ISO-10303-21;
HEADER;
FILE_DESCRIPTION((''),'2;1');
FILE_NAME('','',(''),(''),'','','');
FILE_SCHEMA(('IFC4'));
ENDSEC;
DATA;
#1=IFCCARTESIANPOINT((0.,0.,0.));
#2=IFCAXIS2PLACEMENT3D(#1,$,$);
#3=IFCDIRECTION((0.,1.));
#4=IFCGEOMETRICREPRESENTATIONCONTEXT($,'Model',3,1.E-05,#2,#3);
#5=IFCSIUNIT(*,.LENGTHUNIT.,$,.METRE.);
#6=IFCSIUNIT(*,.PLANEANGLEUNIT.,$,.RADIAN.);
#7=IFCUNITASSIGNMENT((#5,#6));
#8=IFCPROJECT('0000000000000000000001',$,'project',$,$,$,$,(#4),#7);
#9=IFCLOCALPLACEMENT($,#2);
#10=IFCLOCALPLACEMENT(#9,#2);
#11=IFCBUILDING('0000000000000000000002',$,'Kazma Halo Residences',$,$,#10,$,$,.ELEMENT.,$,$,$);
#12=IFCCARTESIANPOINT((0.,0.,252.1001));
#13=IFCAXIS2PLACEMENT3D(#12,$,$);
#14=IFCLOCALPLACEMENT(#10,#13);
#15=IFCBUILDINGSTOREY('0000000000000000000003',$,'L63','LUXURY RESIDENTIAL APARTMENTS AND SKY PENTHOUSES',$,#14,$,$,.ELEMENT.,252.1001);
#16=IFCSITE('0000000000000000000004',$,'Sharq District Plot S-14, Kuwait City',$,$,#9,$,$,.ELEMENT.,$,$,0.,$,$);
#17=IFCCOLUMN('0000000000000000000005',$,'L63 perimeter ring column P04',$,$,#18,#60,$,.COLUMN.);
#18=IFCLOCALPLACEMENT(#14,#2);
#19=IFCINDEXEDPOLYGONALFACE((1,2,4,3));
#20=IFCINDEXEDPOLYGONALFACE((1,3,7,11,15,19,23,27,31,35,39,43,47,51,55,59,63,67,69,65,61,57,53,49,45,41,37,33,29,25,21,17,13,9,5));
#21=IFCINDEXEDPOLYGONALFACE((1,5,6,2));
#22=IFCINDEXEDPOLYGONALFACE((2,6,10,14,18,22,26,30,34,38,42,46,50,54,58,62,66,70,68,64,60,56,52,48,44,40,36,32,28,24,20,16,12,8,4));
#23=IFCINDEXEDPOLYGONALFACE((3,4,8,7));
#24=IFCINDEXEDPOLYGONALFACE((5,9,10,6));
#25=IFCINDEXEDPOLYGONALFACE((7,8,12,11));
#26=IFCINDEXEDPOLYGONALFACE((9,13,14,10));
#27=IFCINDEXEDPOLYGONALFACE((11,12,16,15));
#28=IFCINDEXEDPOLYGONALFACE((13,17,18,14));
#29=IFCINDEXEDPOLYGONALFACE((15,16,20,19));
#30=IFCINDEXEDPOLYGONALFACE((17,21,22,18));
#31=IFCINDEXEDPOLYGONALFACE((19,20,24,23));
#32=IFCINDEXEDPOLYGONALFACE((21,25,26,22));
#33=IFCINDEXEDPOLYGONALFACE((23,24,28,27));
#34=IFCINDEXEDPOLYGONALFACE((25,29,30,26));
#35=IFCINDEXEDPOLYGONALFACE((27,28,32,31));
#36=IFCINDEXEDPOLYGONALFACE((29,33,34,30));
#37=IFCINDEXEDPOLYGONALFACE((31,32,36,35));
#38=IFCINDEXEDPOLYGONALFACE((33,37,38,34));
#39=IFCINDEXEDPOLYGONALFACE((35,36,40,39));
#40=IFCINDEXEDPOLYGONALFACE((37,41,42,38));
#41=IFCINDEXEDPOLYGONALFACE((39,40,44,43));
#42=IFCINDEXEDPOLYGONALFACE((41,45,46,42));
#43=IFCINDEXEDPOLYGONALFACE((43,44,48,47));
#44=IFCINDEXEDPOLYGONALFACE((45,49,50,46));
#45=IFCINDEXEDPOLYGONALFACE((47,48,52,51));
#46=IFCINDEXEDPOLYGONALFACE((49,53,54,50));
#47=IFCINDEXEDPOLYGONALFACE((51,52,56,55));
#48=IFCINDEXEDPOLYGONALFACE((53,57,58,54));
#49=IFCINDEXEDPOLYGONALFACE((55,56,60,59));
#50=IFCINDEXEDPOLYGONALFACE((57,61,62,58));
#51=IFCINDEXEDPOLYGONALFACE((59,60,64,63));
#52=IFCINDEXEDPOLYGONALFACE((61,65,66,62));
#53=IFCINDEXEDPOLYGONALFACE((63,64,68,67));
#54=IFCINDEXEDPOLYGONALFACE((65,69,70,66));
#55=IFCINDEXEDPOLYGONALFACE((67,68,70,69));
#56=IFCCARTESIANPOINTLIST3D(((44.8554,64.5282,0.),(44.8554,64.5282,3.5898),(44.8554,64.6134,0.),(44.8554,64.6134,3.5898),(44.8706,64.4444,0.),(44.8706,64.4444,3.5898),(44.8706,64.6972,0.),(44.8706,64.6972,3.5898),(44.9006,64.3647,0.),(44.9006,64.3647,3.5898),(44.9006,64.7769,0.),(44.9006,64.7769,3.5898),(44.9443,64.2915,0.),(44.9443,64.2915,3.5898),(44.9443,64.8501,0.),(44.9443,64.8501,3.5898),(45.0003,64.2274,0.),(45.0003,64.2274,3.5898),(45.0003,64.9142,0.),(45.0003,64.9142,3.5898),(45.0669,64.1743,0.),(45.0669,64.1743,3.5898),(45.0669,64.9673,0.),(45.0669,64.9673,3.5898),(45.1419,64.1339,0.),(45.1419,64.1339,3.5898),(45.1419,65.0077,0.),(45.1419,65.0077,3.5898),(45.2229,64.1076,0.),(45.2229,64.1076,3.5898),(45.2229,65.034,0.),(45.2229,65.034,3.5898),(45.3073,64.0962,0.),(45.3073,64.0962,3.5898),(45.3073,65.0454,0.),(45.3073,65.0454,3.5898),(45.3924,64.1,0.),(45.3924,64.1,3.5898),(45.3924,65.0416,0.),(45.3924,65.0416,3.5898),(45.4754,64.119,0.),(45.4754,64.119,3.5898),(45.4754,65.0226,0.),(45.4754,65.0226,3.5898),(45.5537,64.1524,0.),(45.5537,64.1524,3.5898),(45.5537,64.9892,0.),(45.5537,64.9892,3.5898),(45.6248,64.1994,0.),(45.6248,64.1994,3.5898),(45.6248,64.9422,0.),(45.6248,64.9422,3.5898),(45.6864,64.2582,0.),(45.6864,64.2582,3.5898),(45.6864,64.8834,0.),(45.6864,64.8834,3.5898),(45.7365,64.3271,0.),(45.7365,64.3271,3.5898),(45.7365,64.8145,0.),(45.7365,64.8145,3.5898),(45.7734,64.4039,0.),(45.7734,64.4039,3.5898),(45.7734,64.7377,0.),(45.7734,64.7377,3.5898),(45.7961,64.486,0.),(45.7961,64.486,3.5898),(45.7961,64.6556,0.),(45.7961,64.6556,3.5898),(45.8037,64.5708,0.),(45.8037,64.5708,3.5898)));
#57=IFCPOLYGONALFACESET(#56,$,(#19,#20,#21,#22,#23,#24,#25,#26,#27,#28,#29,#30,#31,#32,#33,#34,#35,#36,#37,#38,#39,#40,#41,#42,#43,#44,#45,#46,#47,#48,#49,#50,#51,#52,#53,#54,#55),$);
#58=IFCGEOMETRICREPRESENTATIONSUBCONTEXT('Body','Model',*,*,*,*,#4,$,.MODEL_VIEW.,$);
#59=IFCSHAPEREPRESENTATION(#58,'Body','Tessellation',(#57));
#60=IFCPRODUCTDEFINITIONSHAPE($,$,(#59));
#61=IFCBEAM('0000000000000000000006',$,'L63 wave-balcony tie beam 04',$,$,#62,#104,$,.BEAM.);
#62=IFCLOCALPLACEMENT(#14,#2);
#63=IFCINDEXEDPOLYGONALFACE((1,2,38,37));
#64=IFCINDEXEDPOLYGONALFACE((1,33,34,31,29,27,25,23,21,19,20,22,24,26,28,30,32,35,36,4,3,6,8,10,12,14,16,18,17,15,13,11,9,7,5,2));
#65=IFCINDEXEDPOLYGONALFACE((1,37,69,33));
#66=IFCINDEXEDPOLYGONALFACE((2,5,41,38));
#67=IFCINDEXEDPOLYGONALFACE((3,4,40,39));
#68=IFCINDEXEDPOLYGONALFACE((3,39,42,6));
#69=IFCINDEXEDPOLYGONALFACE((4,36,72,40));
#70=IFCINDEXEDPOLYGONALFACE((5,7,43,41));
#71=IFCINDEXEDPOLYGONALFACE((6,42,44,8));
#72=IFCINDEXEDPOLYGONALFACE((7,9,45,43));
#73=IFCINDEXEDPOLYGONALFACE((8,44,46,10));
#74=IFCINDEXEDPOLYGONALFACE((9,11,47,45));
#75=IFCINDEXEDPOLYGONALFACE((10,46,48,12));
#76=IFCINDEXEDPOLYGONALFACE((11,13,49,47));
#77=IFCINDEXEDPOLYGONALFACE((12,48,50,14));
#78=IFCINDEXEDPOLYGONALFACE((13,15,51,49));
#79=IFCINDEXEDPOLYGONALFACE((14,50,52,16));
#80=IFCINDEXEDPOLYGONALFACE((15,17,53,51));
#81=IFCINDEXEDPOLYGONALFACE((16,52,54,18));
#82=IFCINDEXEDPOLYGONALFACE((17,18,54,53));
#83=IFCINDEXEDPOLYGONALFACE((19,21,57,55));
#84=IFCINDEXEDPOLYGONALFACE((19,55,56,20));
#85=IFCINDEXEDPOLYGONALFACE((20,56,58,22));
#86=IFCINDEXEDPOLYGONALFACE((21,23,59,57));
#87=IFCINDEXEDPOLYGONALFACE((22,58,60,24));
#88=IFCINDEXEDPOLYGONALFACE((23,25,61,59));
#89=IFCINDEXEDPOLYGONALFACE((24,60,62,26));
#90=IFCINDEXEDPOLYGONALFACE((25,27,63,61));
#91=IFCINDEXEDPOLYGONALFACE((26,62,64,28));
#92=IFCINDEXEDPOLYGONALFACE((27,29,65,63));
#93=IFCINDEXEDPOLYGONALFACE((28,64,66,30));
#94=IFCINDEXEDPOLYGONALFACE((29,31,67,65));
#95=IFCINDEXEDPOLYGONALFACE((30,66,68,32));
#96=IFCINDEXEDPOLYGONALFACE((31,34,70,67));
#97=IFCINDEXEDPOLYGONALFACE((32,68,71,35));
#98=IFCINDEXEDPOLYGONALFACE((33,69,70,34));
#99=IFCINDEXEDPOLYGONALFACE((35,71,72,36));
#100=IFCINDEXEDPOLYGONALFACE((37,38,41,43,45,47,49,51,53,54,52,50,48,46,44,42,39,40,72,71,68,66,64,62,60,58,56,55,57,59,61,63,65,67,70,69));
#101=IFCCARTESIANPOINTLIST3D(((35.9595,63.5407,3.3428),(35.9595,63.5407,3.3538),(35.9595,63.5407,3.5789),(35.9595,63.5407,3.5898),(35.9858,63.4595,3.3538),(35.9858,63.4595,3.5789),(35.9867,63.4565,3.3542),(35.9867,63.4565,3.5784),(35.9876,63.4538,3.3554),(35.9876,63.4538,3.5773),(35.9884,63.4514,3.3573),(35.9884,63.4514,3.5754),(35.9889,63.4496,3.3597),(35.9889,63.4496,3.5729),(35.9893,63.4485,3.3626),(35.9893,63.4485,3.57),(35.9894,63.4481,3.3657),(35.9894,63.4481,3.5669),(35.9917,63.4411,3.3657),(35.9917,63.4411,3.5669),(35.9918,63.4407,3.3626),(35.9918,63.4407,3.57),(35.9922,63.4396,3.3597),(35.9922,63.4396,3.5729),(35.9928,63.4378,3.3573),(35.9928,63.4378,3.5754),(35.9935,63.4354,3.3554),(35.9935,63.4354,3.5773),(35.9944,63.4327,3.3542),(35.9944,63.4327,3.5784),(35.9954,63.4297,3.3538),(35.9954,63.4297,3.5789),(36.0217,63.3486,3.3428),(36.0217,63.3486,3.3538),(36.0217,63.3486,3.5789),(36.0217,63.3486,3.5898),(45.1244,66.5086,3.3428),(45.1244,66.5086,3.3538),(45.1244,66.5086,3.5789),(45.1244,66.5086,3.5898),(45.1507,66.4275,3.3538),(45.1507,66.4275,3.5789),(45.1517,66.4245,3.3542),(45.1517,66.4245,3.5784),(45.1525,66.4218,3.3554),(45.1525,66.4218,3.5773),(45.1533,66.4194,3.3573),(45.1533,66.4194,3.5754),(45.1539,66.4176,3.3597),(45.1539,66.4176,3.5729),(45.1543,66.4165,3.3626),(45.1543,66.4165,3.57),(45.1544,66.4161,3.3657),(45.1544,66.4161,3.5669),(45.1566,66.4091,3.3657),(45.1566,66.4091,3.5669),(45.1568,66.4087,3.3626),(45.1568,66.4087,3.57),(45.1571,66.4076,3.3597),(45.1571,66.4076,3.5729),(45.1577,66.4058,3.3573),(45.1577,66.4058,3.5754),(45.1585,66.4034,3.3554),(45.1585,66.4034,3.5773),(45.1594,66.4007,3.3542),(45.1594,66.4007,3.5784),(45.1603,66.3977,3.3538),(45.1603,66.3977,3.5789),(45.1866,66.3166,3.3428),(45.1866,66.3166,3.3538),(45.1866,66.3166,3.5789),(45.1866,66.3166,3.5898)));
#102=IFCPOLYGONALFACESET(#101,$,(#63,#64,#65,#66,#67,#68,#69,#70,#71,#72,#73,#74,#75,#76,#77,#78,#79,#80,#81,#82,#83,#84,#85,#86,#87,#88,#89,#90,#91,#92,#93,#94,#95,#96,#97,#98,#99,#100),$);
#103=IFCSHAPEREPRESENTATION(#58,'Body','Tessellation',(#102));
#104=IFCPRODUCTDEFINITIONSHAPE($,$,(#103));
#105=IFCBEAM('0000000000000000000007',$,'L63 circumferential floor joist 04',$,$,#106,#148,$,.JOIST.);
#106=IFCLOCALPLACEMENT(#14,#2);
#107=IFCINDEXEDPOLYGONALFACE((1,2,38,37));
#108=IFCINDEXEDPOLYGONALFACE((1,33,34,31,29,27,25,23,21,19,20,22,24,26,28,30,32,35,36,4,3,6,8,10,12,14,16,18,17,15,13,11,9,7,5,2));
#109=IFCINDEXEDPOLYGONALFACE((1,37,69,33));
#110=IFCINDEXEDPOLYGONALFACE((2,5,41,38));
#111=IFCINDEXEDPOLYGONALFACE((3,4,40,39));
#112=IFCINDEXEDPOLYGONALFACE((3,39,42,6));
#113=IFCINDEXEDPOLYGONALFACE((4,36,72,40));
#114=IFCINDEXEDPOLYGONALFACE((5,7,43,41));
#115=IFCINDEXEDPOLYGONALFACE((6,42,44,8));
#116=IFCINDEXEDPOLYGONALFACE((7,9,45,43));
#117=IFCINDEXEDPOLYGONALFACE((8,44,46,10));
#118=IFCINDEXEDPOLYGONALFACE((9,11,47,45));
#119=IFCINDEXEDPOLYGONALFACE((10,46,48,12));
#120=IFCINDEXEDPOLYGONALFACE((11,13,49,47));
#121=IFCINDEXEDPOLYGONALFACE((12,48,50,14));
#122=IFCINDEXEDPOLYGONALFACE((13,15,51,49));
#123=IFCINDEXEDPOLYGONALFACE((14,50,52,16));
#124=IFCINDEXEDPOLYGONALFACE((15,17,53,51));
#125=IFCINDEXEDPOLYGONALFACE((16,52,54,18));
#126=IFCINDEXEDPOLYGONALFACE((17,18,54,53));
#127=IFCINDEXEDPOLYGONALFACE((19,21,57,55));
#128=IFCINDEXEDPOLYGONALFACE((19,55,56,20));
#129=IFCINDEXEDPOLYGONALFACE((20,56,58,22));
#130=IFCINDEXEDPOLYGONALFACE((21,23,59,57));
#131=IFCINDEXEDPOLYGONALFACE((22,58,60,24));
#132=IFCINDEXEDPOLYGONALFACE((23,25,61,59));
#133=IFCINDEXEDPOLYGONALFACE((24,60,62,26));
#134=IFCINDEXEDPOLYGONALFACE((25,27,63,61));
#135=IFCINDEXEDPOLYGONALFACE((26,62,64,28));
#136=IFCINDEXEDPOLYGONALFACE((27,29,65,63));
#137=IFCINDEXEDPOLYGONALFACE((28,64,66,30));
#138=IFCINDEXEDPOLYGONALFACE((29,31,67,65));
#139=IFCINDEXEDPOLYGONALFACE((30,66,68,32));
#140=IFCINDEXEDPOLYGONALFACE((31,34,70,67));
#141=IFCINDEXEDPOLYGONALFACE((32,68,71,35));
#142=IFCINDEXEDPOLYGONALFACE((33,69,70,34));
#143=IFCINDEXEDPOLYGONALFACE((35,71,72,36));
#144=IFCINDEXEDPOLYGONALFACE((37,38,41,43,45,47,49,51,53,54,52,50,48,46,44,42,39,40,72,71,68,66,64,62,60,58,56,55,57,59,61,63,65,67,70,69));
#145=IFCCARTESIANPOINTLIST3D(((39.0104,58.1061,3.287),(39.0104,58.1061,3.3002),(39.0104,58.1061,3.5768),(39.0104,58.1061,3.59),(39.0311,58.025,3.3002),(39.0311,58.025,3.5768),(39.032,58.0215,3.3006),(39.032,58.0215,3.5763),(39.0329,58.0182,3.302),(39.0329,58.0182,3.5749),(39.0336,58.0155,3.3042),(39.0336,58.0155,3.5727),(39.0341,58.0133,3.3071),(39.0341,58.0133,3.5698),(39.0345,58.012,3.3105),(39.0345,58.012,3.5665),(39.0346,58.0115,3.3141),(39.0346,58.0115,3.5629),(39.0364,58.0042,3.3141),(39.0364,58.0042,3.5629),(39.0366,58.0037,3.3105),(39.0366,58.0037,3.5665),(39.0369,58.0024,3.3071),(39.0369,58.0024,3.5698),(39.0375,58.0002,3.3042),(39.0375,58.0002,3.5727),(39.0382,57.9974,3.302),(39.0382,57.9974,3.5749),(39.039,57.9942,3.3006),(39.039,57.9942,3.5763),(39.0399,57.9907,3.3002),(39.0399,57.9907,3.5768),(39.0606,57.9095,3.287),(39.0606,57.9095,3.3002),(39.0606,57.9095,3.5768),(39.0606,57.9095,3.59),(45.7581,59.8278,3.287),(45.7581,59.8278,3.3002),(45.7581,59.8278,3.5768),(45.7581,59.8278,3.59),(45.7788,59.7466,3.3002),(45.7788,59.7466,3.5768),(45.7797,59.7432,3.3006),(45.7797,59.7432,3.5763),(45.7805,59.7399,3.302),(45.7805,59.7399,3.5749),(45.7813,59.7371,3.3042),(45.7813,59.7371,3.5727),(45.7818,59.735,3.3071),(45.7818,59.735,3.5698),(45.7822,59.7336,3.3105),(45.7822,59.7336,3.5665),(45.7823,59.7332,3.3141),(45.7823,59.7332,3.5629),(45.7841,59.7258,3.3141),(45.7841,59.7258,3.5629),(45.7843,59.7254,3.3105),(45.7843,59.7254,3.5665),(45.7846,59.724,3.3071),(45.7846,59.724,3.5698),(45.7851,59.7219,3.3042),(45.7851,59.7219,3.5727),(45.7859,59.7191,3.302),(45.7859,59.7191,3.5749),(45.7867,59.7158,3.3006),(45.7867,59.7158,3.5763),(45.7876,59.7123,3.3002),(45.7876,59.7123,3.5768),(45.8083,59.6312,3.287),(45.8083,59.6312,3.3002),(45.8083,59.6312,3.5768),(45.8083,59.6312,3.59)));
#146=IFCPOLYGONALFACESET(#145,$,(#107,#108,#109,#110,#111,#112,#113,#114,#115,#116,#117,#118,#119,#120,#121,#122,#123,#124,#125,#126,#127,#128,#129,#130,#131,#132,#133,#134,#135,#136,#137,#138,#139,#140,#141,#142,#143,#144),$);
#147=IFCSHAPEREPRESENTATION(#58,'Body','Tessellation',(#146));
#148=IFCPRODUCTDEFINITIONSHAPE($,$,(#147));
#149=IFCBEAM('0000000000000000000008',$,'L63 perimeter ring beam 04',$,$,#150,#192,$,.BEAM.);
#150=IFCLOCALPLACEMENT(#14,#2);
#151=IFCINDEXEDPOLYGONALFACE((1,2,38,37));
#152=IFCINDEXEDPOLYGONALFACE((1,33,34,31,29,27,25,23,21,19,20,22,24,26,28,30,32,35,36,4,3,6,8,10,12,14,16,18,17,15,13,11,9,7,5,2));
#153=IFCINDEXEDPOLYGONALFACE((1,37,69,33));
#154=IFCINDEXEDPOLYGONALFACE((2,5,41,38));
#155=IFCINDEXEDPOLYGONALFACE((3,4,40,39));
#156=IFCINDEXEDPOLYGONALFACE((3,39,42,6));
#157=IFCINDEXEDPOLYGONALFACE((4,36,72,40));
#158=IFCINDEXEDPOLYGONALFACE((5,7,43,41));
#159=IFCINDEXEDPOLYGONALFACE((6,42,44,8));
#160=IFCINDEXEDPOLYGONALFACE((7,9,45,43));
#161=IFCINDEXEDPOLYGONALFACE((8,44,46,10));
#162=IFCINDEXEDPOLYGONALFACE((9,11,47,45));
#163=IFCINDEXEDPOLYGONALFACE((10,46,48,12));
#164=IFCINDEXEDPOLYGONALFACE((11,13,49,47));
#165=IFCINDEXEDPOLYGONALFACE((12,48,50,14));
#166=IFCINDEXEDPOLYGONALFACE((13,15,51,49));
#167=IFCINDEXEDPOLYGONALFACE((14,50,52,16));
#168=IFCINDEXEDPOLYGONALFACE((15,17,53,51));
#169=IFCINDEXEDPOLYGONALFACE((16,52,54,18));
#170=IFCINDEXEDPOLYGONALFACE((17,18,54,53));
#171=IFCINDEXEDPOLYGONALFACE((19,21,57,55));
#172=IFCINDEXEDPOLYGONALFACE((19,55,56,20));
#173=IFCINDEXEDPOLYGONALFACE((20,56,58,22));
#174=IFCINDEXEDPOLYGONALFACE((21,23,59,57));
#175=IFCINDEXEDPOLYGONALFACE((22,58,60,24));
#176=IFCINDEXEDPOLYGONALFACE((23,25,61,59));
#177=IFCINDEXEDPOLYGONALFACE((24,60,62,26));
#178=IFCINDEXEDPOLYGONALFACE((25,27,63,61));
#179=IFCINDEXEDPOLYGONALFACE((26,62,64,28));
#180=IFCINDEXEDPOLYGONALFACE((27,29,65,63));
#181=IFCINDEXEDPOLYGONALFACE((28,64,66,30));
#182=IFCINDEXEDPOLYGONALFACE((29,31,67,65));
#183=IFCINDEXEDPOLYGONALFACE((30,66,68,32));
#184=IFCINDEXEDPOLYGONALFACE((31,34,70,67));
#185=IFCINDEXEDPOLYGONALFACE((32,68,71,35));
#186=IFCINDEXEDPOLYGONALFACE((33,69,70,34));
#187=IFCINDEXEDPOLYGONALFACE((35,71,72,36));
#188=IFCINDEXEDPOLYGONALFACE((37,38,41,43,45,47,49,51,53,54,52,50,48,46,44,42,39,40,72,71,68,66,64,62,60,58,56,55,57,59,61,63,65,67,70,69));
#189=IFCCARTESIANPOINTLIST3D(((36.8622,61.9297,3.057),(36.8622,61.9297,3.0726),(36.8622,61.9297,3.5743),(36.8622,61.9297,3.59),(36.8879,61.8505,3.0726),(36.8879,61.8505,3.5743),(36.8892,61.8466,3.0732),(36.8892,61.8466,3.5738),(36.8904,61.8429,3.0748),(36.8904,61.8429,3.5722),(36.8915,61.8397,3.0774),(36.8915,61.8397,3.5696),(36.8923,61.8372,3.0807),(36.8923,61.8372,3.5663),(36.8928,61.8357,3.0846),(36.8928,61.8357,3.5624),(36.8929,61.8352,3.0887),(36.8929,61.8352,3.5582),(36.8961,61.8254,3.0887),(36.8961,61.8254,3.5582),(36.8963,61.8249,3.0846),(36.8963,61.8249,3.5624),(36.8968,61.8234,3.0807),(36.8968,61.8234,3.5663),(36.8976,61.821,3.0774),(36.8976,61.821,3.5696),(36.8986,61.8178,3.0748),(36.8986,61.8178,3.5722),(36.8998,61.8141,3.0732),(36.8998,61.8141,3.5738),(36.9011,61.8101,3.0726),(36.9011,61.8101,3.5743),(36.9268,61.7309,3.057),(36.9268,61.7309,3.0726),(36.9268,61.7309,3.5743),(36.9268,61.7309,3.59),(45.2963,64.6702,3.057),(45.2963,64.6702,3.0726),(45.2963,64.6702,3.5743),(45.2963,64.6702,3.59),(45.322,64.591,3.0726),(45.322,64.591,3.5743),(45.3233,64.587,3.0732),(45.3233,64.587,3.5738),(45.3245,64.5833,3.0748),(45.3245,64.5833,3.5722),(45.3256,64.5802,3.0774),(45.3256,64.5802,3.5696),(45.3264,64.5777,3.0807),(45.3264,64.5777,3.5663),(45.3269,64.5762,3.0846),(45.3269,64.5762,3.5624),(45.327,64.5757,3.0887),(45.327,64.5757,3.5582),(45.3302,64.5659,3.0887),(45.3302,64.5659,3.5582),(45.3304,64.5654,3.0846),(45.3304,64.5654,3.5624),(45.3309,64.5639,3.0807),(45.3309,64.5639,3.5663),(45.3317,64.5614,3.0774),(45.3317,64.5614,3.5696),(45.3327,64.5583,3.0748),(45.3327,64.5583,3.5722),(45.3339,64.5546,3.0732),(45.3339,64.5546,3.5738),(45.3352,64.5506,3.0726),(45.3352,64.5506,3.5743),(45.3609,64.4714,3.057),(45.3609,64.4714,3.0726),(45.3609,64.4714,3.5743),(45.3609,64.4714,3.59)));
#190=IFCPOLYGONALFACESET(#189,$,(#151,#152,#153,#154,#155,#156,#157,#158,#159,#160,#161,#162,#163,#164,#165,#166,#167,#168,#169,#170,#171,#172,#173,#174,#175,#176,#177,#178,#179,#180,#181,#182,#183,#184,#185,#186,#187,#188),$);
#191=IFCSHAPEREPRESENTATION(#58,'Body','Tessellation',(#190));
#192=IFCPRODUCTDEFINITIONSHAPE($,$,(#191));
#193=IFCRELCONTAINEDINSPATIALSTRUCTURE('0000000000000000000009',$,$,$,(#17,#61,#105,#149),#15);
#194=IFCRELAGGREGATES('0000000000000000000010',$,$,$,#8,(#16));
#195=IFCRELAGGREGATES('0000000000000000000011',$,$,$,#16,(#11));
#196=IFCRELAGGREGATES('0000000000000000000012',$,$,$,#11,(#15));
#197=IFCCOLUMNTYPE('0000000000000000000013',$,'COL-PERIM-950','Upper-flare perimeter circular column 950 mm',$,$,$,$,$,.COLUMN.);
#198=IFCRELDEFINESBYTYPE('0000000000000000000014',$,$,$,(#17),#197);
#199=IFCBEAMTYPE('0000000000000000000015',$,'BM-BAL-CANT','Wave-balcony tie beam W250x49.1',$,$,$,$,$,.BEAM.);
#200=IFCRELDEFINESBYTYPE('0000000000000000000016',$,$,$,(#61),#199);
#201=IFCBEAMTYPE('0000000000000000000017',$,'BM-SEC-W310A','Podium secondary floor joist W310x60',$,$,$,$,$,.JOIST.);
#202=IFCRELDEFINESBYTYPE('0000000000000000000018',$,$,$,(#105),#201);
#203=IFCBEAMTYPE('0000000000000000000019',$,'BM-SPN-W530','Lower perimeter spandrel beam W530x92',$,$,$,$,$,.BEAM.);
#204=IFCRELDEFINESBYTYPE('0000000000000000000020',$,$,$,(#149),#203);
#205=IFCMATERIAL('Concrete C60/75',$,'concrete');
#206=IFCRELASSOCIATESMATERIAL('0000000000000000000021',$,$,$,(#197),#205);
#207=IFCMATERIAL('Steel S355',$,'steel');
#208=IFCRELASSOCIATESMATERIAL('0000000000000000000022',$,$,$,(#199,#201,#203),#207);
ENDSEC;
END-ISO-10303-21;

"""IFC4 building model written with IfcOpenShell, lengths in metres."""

from ifc_helpers import new_model, si_unit, direction, frame, origin, origin_2d, place, context, subcontext, project, spatial, circle, i_section, extrude, material, material_profile, profile_set, type_object, element, save


model = new_model("IFC4")

# Units and contexts
model_context = context("Model", 3, precision=1e-05, world=origin(), true_north=direction((0.0, 1.0)))
body_context = subcontext(model_context, "Body", "Model", "MODEL_VIEW")
ifc_project = project(units=[si_unit("LENGTHUNIT", "METRE"), si_unit("PLANEANGLEUNIT", "RADIAN")], contexts=[model_context])

# Site, building, storey
site_placement = place(None, origin())
site = spatial("IfcSite", under=ifc_project, at=site_placement, Name="Sharq District Plot S-14, Kuwait City", CompositionType="ELEMENT", RefElevation=0.0)
building_placement = place(site_placement, origin())
building = spatial("IfcBuilding", under=site, at=building_placement, Name="Kazma Halo Residences", CompositionType="ELEMENT")
storey_placement = place(building_placement, frame((0.0, 0.0, 252.1001)))
storey = spatial("IfcBuildingStorey", under=building, at=storey_placement, Name="L63", Description="LUXURY RESIDENTIAL APARTMENTS AND SKY PENTHOUSES", CompositionType="ELEMENT", Elevation=252.1001)

# Column
ifc_material_1 = material(Name="Concrete C60/75", Category="concrete")
ifc_material_profile_1 = material_profile(ifc_material_1, circle(Radius=0.4751, at=origin_2d()), Name="CIRC950")
ifc_profile_set_1 = profile_set([ifc_material_profile_1], Name="Concrete C60/75")
column_type = type_object("IfcColumnType", Name="COL-PERIM-950", Description="Upper-flare perimeter circular column 950 mm", PredefinedType="COLUMN", material=ifc_profile_set_1)
column_placement = place(storey_placement, frame((45.3286, 64.5708, 0.0), z_axis=(0.0, 0.0, 1.0), x_axis=(1.0, 0.0, 0.0)))
element("IfcColumn", 1, at=column_placement, inside=storey, type_object=column_type, Name="L63 perimeter ring column P04", PredefinedType="COLUMN", context=body_context, shape_type="SweptSolid", body=[
    extrude(circle(Radius=0.4751, at=origin_2d()), origin(), (0.0, 0.0, 1.0), 3.5898),
])

# Beams
ifc_material_2 = material(Name="Steel S355", Category="steel")
ifc_material_profile_2 = material_profile(ifc_material_2, i_section(OverallWidth=0.2019, OverallDepth=0.2471, WebThickness=0.0073, FlangeThickness=0.011, FilletRadius=0.012, at=origin_2d()), Name="W250x49.1")
ifc_profile_set_2 = profile_set([ifc_material_profile_2], Name="Steel S355")
beam_type_1 = type_object("IfcBeamType", Name="BM-BAL-CANT", Description="Wave-balcony tie beam W250x49.1", PredefinedType="BEAM", material=ifc_profile_set_2)
beam_1_placement = place(storey_placement, frame((45.1555, 66.4126, 3.4663), z_axis=(-0.951358, -0.308089, 0.0), x_axis=(0.308089, -0.951358, 0.0)))
element("IfcBeam", 2, at=beam_1_placement, inside=storey, type_object=beam_type_1, Name="L63 wave-balcony tie beam 04", PredefinedType="BEAM", context=body_context, shape_type="SweptSolid", body=[
    extrude(i_section(OverallWidth=0.2019, OverallDepth=0.2471, WebThickness=0.0073, FlangeThickness=0.011, FilletRadius=0.012, at=origin_2d()), origin(), (0.0, 0.0, 1.0), 9.6335),
])
ifc_material_profile_3 = material_profile(ifc_material_2, i_section(OverallWidth=0.2029, OverallDepth=0.303, WebThickness=0.0076, FlangeThickness=0.0132, FilletRadius=0.0139, at=origin_2d()), Name="W310x60")
ifc_profile_set_3 = profile_set([ifc_material_profile_3], Name="Steel S355")
beam_type_2 = type_object("IfcBeamType", Name="BM-SEC-W310A", Description="Podium secondary floor joist W310x60", PredefinedType="JOIST", material=ifc_profile_set_3)
beam_2_placement = place(storey_placement, frame((45.7832, 59.7295, 3.4385), z_axis=(-0.968958, -0.247226, 0.0), x_axis=(0.247226, -0.968958, 0.0)))
element("IfcBeam", 3, at=beam_2_placement, inside=storey, type_object=beam_type_2, Name="L63 circumferential floor joist 04", PredefinedType="JOIST", context=body_context, shape_type="SweptSolid", body=[
    extrude(i_section(OverallWidth=0.2029, OverallDepth=0.303, WebThickness=0.0076, FlangeThickness=0.0132, FilletRadius=0.0139, at=origin_2d()), origin(), (0.0, 0.0, 1.0), 6.9639),
])
ifc_material_profile_4 = material_profile(ifc_material_2, i_section(OverallWidth=0.209, OverallDepth=0.533, WebThickness=0.0103, FlangeThickness=0.0156, FilletRadius=0.0161, at=origin_2d()), Name="W530x92")
ifc_profile_set_4 = profile_set([ifc_material_profile_4], Name="Steel S355")
beam_type_3 = type_object("IfcBeamType", Name="BM-SPN-W530", Description="Lower perimeter spandrel beam W530x92", PredefinedType="BEAM", material=ifc_profile_set_4)
beam_3_placement = place(storey_placement, frame((45.3286, 64.5708, 3.3235), z_axis=(-0.951054, -0.309025, 0.0), x_axis=(0.309025, -0.951054, 0.0)))
element("IfcBeam", 4, at=beam_3_placement, inside=storey, type_object=beam_type_3, Name="L63 perimeter ring beam 04", PredefinedType="BEAM", context=body_context, shape_type="SweptSolid", body=[
    extrude(i_section(OverallWidth=0.209, OverallDepth=0.533, WebThickness=0.0103, FlangeThickness=0.0156, FilletRadius=0.0161, at=origin_2d()), origin(), (0.0, 0.0, 1.0), 8.8682),
])

save(model, "model.ifc")
